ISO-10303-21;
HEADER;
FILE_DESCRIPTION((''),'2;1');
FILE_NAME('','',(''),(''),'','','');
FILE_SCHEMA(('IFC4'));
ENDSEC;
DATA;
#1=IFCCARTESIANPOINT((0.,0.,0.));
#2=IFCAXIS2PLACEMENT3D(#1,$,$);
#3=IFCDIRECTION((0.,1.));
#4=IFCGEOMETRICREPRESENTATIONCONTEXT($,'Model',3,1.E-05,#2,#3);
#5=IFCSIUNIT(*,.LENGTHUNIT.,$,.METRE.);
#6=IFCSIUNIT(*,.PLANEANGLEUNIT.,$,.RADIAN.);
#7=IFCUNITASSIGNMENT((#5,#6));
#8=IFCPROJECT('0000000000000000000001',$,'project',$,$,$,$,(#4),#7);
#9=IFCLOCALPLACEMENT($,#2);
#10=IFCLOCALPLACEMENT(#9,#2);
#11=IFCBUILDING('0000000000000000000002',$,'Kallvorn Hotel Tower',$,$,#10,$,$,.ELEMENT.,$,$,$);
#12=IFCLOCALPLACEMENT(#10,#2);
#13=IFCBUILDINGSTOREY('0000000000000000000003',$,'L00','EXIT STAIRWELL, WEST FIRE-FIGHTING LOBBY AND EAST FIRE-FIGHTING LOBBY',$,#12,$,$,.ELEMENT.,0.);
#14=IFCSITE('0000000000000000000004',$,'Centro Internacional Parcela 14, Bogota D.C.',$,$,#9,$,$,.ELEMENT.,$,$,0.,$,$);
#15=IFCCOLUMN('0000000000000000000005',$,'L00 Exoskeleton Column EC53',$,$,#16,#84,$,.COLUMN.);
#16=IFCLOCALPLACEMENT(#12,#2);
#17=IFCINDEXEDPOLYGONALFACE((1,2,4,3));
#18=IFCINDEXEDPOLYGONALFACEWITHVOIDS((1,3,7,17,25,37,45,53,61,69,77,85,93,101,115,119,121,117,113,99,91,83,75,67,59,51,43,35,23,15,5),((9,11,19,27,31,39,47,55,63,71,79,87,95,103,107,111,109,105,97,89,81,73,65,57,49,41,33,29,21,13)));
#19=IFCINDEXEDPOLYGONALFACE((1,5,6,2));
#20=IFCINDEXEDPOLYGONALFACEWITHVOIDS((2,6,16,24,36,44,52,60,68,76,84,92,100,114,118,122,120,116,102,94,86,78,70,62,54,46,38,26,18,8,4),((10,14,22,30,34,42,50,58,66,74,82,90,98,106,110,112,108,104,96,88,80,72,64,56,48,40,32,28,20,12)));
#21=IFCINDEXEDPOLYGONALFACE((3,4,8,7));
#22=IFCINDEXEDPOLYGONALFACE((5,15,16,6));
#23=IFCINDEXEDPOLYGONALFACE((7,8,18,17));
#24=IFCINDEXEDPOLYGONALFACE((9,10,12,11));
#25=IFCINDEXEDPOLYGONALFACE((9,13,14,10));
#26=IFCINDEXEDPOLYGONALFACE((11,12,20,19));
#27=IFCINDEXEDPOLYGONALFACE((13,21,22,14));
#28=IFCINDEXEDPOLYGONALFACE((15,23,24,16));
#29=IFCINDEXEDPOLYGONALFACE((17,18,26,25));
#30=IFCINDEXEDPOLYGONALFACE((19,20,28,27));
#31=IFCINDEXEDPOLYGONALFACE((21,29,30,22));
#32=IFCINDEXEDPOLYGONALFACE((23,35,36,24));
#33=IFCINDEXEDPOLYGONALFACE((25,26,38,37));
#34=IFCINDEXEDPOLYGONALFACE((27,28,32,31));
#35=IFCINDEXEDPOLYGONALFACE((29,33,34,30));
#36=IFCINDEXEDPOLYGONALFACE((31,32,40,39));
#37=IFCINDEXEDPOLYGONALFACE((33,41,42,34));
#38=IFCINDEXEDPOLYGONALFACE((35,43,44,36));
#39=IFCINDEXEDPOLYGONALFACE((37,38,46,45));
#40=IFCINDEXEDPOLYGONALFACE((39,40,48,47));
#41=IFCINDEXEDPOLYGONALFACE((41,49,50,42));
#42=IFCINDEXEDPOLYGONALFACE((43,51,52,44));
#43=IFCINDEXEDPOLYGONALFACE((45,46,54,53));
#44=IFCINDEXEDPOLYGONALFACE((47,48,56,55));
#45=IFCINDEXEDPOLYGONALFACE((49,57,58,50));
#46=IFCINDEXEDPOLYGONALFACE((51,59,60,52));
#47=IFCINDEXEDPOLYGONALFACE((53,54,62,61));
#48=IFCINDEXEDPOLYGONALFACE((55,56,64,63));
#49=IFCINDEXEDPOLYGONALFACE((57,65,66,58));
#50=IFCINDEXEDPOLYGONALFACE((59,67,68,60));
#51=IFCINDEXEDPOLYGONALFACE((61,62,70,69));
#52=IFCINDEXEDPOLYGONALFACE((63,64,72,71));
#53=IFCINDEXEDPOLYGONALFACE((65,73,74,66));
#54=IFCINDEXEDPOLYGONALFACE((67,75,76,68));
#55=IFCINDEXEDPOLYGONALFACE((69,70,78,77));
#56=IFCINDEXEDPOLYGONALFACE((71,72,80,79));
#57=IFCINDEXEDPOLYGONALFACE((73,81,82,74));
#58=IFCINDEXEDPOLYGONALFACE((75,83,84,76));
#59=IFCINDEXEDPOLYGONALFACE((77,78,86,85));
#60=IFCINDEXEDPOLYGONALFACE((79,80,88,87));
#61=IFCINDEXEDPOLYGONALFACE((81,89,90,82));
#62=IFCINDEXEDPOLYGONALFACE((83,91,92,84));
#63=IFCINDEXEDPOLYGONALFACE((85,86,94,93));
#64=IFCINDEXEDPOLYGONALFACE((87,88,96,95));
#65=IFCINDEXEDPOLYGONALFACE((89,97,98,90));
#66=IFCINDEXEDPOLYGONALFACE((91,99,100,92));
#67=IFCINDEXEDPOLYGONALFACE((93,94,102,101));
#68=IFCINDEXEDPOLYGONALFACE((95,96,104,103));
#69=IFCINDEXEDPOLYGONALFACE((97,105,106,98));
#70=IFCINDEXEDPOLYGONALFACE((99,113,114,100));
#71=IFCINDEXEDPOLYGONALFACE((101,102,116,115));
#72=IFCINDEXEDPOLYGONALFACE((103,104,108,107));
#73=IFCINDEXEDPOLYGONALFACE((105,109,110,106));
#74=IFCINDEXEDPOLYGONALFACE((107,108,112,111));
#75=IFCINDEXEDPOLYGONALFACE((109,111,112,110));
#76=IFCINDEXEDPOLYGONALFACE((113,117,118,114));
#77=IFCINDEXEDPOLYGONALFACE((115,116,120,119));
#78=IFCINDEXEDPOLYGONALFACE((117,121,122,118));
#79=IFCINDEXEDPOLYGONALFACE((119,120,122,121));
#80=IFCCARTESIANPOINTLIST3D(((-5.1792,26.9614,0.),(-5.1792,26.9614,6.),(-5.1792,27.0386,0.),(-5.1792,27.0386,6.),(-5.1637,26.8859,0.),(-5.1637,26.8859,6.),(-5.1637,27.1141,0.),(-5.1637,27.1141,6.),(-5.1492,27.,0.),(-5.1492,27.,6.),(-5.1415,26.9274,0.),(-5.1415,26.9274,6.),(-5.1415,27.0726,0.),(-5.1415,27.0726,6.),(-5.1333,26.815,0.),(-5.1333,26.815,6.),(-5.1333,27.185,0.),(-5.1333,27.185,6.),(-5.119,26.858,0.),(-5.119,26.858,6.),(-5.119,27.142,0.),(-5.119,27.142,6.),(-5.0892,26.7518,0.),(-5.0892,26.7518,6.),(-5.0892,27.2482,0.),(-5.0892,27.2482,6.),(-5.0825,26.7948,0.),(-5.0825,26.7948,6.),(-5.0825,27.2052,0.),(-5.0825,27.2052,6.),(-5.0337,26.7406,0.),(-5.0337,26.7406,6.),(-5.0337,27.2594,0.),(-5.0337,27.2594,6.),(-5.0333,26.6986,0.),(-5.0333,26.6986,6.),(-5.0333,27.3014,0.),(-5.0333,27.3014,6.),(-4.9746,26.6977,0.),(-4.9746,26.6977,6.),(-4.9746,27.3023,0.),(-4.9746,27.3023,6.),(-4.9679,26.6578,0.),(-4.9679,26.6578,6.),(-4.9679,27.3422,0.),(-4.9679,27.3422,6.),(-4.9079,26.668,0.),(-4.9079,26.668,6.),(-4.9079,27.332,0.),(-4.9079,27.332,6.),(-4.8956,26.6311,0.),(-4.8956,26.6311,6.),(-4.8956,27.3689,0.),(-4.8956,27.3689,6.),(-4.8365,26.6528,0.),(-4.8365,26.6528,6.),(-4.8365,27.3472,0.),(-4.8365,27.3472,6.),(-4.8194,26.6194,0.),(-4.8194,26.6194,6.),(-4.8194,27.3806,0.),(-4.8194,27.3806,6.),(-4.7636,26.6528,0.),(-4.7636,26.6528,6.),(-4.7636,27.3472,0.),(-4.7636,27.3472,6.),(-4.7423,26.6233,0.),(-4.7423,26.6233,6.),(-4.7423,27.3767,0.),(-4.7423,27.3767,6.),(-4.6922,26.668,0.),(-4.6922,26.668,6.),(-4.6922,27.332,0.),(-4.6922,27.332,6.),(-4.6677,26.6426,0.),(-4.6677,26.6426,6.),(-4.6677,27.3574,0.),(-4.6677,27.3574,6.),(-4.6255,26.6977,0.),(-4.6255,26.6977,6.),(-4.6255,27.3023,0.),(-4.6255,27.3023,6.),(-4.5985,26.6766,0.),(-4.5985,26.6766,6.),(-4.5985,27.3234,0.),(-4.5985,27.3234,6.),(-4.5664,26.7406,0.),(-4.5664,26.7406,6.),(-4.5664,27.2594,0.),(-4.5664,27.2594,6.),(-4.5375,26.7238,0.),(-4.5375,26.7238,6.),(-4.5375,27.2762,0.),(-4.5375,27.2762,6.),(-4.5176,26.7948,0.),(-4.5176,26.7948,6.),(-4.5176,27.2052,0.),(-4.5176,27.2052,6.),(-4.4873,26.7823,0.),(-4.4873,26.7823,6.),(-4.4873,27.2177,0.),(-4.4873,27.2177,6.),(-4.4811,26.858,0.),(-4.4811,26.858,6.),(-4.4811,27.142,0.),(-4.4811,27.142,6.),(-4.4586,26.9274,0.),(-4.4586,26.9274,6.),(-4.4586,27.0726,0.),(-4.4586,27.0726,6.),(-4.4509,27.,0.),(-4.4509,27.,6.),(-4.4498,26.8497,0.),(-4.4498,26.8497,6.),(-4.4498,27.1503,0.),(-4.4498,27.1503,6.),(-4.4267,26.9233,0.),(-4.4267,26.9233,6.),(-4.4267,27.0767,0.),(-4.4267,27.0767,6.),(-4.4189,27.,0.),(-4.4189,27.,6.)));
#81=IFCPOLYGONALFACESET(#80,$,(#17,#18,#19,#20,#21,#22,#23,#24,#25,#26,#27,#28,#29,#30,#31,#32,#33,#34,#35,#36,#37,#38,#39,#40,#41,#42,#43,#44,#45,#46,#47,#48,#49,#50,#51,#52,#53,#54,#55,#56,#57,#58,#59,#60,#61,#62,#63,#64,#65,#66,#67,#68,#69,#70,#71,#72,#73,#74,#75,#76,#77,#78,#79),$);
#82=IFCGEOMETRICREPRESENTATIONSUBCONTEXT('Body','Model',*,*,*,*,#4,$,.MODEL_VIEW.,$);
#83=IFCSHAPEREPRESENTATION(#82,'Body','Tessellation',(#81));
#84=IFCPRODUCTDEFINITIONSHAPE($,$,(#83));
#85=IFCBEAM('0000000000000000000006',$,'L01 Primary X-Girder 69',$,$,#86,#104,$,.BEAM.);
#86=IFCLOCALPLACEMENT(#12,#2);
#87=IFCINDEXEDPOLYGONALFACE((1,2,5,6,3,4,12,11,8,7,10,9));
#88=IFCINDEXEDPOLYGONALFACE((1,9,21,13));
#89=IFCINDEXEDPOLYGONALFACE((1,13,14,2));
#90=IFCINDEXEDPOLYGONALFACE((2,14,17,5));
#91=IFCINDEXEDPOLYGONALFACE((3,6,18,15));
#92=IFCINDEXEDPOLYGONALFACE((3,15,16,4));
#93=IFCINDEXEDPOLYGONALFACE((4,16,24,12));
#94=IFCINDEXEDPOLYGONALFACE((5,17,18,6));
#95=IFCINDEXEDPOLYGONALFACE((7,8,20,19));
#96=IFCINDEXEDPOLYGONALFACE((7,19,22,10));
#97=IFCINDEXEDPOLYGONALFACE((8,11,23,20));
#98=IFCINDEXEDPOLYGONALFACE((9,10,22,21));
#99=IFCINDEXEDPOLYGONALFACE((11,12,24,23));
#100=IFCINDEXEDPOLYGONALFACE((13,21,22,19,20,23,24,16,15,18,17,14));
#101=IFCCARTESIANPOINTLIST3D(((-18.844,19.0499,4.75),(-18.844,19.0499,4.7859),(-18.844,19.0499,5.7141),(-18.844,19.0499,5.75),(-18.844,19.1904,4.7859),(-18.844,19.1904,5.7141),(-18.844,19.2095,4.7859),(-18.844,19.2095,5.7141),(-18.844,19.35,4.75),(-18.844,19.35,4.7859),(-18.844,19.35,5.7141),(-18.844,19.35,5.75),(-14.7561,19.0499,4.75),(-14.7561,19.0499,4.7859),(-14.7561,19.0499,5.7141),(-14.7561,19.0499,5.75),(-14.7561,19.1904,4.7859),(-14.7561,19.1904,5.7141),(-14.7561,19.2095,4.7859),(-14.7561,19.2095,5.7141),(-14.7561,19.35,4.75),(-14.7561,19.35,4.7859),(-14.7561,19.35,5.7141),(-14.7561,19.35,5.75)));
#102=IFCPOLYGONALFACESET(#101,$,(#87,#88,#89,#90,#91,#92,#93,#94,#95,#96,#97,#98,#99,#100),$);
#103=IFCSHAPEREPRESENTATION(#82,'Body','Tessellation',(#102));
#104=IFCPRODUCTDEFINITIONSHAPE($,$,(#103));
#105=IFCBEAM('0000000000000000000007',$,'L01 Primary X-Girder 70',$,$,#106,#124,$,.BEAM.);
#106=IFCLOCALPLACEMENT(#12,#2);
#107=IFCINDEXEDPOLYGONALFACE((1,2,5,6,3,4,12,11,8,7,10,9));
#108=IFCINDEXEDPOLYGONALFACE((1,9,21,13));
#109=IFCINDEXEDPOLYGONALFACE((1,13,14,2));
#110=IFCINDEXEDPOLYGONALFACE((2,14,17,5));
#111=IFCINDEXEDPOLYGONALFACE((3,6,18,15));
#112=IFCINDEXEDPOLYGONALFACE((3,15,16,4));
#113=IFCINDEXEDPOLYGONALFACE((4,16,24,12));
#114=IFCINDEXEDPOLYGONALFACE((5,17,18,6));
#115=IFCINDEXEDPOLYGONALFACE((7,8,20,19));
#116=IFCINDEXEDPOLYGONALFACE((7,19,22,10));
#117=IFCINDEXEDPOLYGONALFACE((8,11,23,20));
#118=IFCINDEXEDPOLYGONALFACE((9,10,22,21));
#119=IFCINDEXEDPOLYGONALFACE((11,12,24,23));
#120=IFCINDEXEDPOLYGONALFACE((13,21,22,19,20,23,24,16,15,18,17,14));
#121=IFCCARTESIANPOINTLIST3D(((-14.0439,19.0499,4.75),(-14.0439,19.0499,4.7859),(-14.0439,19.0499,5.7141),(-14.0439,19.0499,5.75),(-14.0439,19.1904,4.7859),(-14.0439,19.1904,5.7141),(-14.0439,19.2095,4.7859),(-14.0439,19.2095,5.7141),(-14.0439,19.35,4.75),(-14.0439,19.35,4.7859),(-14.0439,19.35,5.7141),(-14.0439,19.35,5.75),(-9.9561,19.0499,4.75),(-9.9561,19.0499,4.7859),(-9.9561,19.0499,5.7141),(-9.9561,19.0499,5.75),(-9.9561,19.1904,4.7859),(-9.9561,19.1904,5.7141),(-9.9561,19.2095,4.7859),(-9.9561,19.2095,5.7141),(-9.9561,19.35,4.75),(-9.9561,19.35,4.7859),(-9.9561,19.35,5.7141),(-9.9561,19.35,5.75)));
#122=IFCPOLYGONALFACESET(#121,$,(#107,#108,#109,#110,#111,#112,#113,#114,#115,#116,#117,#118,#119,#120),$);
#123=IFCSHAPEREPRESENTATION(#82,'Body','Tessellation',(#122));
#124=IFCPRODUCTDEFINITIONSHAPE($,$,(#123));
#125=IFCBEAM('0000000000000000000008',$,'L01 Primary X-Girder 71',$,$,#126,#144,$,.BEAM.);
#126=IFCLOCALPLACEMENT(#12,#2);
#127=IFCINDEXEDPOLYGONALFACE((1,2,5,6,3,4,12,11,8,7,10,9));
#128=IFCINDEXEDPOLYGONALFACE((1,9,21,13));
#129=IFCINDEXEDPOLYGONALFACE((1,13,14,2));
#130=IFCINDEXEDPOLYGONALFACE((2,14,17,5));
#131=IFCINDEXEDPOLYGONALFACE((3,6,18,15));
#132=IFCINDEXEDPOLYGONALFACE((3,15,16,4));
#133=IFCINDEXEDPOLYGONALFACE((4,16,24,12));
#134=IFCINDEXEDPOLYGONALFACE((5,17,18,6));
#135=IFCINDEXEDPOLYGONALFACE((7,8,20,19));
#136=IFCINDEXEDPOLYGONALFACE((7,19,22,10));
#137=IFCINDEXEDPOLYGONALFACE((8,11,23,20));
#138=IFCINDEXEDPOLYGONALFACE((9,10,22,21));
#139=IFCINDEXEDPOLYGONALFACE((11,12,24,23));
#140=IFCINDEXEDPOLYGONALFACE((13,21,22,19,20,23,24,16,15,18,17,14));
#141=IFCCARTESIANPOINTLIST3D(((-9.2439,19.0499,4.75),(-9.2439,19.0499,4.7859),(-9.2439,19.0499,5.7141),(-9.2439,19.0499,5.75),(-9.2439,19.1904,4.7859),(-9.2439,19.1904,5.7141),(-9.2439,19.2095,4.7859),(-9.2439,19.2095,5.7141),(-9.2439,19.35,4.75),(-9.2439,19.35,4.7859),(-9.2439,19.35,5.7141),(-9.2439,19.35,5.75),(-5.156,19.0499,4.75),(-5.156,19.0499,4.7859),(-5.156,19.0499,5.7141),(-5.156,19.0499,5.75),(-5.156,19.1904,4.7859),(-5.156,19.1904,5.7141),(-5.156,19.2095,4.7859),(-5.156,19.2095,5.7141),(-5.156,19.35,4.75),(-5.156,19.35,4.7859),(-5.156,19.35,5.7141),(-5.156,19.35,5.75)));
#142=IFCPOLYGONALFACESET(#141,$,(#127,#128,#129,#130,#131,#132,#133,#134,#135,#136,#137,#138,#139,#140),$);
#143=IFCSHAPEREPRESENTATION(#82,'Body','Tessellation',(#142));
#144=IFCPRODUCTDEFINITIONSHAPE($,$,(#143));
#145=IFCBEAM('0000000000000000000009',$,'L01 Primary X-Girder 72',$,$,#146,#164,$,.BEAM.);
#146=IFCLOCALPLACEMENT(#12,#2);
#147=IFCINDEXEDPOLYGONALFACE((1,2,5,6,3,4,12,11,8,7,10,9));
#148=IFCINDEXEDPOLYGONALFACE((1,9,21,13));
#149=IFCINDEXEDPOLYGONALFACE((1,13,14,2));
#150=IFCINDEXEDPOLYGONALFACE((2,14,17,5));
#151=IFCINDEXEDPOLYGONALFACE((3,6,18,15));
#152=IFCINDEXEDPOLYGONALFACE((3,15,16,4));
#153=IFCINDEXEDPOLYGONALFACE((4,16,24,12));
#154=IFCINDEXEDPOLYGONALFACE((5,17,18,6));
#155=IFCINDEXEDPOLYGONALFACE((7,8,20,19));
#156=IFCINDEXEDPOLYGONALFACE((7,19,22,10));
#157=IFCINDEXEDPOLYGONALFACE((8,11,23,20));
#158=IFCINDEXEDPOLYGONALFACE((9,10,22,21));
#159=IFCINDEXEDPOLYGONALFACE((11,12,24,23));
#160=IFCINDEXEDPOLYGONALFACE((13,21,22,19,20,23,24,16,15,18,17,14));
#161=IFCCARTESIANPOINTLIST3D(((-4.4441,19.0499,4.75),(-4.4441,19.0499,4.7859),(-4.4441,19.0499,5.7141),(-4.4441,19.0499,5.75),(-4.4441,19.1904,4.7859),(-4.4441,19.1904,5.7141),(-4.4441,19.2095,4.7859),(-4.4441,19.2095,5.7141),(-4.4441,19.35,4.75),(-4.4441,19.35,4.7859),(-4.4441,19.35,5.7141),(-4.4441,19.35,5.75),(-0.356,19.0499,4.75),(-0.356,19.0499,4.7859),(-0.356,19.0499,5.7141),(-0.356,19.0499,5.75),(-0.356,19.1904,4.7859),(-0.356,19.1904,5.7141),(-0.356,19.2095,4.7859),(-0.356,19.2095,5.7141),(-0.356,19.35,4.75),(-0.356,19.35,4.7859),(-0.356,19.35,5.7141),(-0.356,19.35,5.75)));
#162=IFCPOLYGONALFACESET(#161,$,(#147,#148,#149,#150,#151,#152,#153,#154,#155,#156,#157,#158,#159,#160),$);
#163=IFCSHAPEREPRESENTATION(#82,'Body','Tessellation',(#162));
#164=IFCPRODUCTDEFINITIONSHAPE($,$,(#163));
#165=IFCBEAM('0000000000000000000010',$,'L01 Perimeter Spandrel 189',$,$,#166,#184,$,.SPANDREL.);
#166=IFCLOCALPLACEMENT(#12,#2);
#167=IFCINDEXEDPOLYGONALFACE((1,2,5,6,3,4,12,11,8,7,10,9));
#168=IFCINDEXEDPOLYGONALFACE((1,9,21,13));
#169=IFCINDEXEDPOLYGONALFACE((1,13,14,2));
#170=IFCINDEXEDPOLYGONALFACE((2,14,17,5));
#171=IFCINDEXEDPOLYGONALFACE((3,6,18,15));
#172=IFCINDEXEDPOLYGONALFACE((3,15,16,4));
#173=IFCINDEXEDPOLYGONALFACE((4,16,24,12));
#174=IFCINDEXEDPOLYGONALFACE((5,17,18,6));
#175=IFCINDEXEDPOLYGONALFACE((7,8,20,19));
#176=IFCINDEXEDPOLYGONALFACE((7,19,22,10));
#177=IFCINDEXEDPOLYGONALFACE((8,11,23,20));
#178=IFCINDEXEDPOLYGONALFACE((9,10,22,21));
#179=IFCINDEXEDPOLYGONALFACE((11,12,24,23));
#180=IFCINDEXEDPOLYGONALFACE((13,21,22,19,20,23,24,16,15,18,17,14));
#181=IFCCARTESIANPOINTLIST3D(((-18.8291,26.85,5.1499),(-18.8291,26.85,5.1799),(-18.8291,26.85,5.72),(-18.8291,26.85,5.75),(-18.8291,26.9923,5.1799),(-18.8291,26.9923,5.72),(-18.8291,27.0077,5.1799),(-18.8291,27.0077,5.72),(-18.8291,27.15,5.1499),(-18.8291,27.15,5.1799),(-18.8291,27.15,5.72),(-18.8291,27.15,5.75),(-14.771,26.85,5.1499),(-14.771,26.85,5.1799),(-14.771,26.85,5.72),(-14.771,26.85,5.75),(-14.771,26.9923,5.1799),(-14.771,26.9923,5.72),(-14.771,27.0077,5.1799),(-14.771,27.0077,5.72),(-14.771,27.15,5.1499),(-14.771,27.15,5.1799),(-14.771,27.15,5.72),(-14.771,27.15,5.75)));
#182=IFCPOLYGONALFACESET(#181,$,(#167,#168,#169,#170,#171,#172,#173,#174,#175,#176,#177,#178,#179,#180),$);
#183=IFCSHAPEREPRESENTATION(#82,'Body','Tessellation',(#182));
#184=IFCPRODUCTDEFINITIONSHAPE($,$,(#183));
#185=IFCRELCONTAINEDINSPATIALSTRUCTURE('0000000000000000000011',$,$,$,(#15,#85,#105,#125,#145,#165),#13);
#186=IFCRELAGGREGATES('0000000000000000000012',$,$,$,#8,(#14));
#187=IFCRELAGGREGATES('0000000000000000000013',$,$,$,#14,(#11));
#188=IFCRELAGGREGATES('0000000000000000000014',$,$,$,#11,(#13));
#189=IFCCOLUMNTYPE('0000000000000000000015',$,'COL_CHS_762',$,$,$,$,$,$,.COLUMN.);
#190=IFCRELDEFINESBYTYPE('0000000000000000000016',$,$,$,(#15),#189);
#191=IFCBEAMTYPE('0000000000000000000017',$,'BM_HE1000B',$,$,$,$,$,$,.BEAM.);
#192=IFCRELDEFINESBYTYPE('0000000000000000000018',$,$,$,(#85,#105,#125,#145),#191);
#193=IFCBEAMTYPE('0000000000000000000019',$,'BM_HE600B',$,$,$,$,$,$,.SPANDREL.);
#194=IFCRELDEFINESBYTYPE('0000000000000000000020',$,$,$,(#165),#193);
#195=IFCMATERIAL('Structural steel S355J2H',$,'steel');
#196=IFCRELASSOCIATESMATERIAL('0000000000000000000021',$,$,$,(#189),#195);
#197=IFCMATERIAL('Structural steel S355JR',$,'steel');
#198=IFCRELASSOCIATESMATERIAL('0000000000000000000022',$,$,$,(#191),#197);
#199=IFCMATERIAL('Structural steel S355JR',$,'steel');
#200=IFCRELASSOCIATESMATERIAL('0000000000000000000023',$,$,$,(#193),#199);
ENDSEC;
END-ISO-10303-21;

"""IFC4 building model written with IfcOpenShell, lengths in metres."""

from ifc_helpers import new_model, si_unit, direction, frame, origin, origin_2d, place, context, subcontext, project, spatial, hollow_circle, i_section, extrude, material, material_profile, profile_set, type_object, element, save


model = new_model("IFC4")

# Units and contexts
model_context = context("Model", 3, precision=1e-05, world=origin(), true_north=direction((0.0, 1.0)))
body_context = subcontext(model_context, "Body", "Model", "MODEL_VIEW")
ifc_project = project(units=[si_unit("LENGTHUNIT", "METRE"), si_unit("PLANEANGLEUNIT", "RADIAN")], contexts=[model_context])

# Site, building, storey
site_placement = place(None, origin())
site = spatial("IfcSite", under=ifc_project, at=site_placement, Name="Centro Internacional Parcela 14, Bogota D.C.", CompositionType="ELEMENT", RefElevation=0.0)
building_placement = place(site_placement, origin())
building = spatial("IfcBuilding", under=site, at=building_placement, Name="Kallvorn Hotel Tower", CompositionType="ELEMENT")
storey_placement = place(building_placement, origin())
storey = spatial("IfcBuildingStorey", under=building, at=storey_placement, Name="L00", Description="EXIT STAIRWELL, WEST FIRE-FIGHTING LOBBY AND EAST FIRE-FIGHTING LOBBY", CompositionType="ELEMENT", Elevation=0.0)

# Column
ifc_material_1 = material(Name="Structural steel S355J2H", Category="steel")
ifc_material_profile_1 = material_profile(ifc_material_1, hollow_circle(Radius=0.3811, WallThickness=0.032, at=origin_2d()), Name="CHS 762x32")
ifc_profile_set_1 = profile_set([ifc_material_profile_1], Name="Structural steel S355J2H")
column_type = type_object("IfcColumnType", Name="COL_CHS_762", PredefinedType="COLUMN", material=ifc_profile_set_1)
for number, where, z_axis, x_axis, name in (
    (1, (-4.8, 27.0, 0.0), (0.0, 0.0, 1.0), (1.0, 0.0, 0.0), "L00 Exoskeleton Column EC53"),
):
    element("IfcColumn", number, at=place(storey_placement, frame(where, z_axis=z_axis, x_axis=x_axis)), inside=storey, type_object=column_type, Name=name, PredefinedType="COLUMN", context=body_context, shape_type="SweptSolid", body=[
        extrude(hollow_circle(Radius=0.3811, WallThickness=0.032, at=origin_2d()), origin(), (0.0, 0.0, 1.0), 6.0),
    ])

# Beams
ifc_material_2 = material(Name="Structural steel S355JR", Category="steel")
ifc_material_profile_2 = material_profile(ifc_material_2, i_section(OverallWidth=0.3, OverallDepth=1.0, WebThickness=0.019, FlangeThickness=0.0359, at=origin_2d()), Name="HE 1000 B")
ifc_profile_set_2 = profile_set([ifc_material_profile_2], Name="Structural steel S355JR")
beam_type_1 = type_object("IfcBeamType", Name="BM_HE1000B", PredefinedType="BEAM", material=ifc_profile_set_2)
for number, where, z_axis, x_axis, name in (
    (2, (-18.844, 19.2, 5.25), (1.0, 0.0, 0.0), (0.0, 1.0, 0.0), "L01 Primary X-Girder 69"),
    (3, (-14.0439, 19.2, 5.25), (1.0, 0.0, 0.0), (0.0, 1.0, 0.0), "L01 Primary X-Girder 70"),
    (4, (-9.2439, 19.2, 5.25), (1.0, 0.0, 0.0), (0.0, 1.0, 0.0), "L01 Primary X-Girder 71"),
):
    element("IfcBeam", number, at=place(storey_placement, frame(where, z_axis=z_axis, x_axis=x_axis)), inside=storey, type_object=beam_type_1, Name=name, PredefinedType="BEAM", context=body_context, shape_type="SweptSolid", body=[
        extrude(i_section(OverallWidth=0.3, OverallDepth=1.0, WebThickness=0.019, FlangeThickness=0.0359, at=origin_2d()), origin(), (0.0, 0.0, 1.0), 4.0879),
    ])
beam_1_placement = place(storey_placement, frame((-4.4441, 19.2, 5.25), z_axis=(1.0, 0.0, 0.0), x_axis=(0.0, 1.0, 0.0)))
element("IfcBeam", 5, at=beam_1_placement, inside=storey, type_object=beam_type_1, Name="L01 Primary X-Girder 72", PredefinedType="BEAM", context=body_context, shape_type="SweptSolid", body=[
    extrude(i_section(OverallWidth=0.3, OverallDepth=1.0, WebThickness=0.019, FlangeThickness=0.0359, at=origin_2d()), origin(), (0.0, 0.0, 1.0), 4.0881),
])
ifc_material_3 = material(Name="Structural steel S355JR", Category="steel")
ifc_material_profile_3 = material_profile(ifc_material_3, i_section(OverallWidth=0.3, OverallDepth=0.6001, WebThickness=0.0154, FlangeThickness=0.03, at=origin_2d()), Name="HE 600 B")
ifc_profile_set_3 = profile_set([ifc_material_profile_3], Name="Structural steel S355JR")
beam_type_2 = type_object("IfcBeamType", Name="BM_HE600B", PredefinedType="SPANDREL", material=ifc_profile_set_3)
for number, where, z_axis, x_axis, name in (
    (6, (-18.8291, 27.0, 5.45), (1.0, 0.0, 0.0), (0.0, 1.0, 0.0), "L01 Perimeter Spandrel 189"),
):
    element("IfcBeam", number, at=place(storey_placement, frame(where, z_axis=z_axis, x_axis=x_axis)), inside=storey, type_object=beam_type_2, Name=name, PredefinedType="SPANDREL", context=body_context, shape_type="SweptSolid", body=[
        extrude(i_section(OverallWidth=0.3, OverallDepth=0.6001, WebThickness=0.0154, FlangeThickness=0.03, at=origin_2d()), origin(), (0.0, 0.0, 1.0), 4.0581),
    ])

save(model, "model.ifc")
